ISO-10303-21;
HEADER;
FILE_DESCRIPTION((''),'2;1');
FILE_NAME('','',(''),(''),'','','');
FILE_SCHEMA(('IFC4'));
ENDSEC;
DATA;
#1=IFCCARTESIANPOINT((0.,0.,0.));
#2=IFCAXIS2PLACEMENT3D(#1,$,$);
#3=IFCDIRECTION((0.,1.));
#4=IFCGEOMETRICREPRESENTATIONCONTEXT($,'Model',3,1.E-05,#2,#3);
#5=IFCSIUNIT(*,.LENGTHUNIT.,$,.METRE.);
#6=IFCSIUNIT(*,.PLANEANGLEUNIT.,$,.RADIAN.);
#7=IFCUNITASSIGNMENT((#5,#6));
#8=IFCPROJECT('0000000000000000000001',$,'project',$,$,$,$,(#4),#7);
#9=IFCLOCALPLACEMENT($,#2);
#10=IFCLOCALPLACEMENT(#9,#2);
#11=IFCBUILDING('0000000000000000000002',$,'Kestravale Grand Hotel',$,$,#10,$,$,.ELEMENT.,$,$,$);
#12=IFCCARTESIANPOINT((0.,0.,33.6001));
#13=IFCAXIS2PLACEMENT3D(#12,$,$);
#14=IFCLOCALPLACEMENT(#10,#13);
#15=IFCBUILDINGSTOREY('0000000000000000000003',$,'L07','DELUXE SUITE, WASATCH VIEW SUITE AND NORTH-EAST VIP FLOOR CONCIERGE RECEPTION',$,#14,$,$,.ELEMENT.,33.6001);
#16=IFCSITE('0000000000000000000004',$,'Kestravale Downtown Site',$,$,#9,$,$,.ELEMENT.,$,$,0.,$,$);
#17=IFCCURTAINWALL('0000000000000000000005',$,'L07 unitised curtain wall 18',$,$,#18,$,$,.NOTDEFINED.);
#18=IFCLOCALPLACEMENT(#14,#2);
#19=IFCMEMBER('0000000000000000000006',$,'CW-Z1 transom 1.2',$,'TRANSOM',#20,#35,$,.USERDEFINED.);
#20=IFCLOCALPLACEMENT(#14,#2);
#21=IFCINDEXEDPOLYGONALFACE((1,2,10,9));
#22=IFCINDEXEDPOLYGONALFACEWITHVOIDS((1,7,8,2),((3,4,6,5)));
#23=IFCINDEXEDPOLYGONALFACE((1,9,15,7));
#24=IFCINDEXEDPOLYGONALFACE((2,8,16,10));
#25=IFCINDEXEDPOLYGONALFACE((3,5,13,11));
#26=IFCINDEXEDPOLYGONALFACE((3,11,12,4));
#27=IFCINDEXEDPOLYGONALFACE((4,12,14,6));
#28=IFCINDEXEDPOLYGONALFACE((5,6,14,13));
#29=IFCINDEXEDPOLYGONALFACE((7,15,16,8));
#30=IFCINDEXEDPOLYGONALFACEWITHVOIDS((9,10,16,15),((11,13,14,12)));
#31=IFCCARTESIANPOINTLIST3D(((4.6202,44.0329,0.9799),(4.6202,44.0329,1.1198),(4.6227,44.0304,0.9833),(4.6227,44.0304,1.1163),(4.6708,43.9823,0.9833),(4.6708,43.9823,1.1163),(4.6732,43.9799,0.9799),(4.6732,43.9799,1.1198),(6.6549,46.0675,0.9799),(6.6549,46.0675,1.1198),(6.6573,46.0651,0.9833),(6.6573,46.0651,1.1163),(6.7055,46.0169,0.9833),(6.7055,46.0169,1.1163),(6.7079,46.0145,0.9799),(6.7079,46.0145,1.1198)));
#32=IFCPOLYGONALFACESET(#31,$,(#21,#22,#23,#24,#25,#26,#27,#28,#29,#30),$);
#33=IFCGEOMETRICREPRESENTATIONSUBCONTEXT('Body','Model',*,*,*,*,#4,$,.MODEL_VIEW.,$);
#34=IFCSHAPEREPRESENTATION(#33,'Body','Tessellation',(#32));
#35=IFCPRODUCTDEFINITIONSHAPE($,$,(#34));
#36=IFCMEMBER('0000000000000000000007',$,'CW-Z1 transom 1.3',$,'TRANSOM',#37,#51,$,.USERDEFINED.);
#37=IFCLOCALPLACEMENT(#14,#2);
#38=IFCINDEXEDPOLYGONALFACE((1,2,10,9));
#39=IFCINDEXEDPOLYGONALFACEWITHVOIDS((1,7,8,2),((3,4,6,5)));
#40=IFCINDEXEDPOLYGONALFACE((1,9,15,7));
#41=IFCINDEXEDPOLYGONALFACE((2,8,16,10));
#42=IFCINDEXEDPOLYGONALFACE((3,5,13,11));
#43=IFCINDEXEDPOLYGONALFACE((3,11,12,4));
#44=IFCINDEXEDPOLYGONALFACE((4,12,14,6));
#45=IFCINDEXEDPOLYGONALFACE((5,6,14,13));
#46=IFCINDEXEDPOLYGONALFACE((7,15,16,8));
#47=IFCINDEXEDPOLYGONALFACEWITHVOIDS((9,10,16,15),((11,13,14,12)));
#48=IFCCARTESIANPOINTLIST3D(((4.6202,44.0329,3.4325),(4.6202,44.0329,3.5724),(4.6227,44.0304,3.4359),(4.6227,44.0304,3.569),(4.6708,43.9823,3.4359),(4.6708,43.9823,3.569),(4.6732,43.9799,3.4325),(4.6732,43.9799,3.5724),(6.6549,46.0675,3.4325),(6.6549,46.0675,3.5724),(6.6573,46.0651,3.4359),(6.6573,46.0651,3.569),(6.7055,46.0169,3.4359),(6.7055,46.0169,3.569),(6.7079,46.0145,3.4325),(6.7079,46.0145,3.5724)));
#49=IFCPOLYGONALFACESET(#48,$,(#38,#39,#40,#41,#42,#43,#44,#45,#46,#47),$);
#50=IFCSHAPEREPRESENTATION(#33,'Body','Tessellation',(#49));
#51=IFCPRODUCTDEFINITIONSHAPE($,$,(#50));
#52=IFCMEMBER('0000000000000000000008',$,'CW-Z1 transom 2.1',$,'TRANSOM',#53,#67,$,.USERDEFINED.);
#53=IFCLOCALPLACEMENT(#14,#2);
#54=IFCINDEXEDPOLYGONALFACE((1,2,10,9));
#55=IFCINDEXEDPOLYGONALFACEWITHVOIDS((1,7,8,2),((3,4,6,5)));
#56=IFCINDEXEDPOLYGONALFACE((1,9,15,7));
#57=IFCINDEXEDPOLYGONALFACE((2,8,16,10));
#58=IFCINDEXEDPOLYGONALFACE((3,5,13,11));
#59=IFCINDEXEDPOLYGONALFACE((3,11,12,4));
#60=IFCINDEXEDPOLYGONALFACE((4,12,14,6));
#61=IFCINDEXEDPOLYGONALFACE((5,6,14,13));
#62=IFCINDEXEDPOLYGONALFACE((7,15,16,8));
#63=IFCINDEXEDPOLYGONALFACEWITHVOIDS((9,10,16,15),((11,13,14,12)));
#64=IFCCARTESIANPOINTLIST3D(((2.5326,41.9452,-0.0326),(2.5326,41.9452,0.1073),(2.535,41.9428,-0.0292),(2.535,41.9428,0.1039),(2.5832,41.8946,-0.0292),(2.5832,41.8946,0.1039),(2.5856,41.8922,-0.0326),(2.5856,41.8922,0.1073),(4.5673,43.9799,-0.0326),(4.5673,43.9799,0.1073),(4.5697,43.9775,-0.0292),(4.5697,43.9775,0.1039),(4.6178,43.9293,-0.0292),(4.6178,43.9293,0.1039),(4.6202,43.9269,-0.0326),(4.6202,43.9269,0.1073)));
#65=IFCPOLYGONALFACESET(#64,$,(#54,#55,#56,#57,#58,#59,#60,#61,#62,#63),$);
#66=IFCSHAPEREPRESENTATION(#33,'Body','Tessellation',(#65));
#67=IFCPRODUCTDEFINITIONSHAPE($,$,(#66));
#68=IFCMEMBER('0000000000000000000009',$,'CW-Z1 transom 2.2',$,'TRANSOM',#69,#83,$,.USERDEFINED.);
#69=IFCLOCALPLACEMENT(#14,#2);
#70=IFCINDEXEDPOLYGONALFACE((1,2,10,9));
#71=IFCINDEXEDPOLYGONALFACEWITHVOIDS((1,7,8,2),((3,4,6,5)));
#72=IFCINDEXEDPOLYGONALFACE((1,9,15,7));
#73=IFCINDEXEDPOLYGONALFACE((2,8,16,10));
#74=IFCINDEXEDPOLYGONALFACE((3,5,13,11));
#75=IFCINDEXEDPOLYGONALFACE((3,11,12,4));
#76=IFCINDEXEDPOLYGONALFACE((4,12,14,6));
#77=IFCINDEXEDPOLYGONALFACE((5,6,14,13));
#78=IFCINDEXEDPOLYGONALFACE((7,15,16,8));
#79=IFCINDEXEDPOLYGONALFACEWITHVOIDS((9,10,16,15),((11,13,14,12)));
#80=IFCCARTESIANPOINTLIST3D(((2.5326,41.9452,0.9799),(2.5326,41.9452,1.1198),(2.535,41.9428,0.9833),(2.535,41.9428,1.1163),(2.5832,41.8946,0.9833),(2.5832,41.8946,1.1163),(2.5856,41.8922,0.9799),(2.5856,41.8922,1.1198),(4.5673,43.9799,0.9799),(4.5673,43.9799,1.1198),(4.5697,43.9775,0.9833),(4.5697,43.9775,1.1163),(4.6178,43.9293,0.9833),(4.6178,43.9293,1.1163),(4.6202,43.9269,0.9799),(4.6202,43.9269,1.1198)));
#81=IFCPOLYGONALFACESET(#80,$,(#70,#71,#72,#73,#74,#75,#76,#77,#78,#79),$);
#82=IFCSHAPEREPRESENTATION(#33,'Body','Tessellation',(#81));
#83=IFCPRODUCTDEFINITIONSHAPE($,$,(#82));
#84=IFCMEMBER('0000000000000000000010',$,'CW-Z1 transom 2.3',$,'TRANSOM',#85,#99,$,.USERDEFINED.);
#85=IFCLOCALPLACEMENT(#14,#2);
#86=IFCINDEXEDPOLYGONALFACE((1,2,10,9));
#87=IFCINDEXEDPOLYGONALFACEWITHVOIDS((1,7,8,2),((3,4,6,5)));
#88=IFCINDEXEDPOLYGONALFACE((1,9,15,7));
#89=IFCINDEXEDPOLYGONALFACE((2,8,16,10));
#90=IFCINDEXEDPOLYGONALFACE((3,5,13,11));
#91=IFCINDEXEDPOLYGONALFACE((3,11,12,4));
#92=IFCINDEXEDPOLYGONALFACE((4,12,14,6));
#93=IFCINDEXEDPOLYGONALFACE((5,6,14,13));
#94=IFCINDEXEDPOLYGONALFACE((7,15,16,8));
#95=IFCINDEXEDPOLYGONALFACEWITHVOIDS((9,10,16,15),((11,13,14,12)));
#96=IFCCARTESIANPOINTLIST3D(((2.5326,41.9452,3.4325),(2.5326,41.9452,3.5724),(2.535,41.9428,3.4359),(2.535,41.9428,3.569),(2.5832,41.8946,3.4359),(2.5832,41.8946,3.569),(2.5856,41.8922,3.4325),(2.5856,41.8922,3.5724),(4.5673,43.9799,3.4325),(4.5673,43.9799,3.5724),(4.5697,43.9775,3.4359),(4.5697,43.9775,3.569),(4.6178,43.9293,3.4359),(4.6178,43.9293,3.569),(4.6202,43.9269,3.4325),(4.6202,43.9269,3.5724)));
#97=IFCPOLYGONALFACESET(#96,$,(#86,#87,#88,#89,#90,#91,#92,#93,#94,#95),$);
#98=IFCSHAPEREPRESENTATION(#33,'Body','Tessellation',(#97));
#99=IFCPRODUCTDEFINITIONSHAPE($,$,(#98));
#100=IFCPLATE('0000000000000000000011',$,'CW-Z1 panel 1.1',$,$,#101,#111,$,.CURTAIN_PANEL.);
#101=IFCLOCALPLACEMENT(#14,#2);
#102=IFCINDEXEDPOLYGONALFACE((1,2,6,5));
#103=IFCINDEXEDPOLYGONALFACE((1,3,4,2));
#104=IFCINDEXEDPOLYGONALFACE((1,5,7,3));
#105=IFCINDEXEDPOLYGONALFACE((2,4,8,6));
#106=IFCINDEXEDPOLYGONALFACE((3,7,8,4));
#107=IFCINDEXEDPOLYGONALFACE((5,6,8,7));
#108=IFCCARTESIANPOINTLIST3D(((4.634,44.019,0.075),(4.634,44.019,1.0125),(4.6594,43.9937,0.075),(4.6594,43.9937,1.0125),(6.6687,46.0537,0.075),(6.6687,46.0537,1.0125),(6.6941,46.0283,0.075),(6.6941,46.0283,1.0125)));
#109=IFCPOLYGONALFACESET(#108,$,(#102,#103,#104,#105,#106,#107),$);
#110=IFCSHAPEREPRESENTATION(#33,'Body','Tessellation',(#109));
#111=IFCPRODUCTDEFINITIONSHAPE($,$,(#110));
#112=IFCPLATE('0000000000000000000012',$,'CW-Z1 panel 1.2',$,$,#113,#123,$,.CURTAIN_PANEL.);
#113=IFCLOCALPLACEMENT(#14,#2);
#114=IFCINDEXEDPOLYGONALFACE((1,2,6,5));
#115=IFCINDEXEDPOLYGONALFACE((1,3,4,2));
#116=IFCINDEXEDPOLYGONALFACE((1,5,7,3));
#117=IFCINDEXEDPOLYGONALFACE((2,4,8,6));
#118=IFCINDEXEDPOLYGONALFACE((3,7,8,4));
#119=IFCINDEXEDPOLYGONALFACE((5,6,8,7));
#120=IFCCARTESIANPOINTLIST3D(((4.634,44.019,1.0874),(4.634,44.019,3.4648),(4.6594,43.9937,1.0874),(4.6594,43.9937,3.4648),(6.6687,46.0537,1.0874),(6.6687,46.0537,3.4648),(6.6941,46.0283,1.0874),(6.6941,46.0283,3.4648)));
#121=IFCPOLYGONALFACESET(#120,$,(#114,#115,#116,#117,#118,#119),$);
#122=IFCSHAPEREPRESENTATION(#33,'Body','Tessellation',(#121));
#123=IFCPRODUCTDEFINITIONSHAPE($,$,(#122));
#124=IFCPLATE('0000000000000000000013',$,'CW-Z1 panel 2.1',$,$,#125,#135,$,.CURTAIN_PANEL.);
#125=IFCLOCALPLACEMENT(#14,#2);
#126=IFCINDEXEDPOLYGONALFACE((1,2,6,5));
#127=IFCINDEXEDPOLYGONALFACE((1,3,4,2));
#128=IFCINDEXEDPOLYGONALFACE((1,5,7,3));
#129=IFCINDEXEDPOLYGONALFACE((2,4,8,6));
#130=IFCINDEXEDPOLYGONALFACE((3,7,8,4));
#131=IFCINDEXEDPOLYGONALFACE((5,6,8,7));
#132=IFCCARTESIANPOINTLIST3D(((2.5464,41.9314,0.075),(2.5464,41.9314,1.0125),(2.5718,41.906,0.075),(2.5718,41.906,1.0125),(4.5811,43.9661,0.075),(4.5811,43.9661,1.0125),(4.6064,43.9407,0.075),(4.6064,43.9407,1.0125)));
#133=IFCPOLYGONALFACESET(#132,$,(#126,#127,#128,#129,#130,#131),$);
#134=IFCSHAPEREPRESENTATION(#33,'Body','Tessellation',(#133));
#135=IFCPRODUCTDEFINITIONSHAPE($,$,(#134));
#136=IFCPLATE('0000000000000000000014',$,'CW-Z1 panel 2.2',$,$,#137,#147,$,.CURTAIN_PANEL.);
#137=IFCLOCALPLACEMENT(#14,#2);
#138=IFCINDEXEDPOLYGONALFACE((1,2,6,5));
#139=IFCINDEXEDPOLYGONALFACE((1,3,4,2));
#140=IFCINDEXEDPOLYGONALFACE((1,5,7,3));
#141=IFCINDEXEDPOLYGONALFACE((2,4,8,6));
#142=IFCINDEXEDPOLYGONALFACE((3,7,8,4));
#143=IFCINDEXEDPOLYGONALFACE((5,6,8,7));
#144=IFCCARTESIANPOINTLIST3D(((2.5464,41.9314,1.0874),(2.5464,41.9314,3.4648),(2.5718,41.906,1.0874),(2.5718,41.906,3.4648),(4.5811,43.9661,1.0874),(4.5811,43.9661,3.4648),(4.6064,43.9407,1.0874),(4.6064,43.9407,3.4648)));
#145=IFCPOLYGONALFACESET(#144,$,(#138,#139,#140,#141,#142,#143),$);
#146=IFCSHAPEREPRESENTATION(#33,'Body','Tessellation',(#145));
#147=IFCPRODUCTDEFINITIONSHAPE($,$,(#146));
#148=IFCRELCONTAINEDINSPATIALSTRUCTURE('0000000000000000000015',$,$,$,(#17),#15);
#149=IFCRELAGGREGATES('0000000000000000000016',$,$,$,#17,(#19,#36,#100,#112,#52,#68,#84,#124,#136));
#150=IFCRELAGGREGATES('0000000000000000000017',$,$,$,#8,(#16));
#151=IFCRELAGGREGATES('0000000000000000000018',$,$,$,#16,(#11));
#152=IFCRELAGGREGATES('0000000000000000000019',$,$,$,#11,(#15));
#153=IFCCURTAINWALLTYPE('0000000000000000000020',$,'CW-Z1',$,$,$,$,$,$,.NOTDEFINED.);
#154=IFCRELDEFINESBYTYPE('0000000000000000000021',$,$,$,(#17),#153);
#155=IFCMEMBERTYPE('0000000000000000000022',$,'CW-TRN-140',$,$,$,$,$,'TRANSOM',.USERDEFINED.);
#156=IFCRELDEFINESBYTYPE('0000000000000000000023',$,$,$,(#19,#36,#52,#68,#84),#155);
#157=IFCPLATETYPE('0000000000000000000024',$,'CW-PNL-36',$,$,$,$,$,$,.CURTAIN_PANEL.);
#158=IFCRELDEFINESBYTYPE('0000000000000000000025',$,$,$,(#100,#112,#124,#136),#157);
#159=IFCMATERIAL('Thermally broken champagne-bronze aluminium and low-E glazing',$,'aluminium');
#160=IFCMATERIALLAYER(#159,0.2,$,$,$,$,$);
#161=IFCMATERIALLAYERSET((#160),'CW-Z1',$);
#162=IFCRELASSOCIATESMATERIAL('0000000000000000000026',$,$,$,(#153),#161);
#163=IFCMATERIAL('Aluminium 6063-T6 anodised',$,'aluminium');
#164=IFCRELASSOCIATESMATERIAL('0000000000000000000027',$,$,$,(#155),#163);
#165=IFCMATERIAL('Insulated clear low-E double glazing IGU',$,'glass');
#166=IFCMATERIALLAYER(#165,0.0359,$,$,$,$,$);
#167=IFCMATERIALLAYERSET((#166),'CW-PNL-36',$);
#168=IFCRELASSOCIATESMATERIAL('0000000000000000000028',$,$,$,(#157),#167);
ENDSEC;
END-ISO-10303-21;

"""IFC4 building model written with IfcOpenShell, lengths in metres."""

from ifc_helpers import new_model, si_unit, direction, frame, origin, origin_2d, place, context, subcontext, project, spatial, rectangle, hollow_rectangle, extrude, material, layer, layer_set, material_profile, profile_set, type_object, element, aggregate, save


model = new_model("IFC4")

# Units and contexts
model_context = context("Model", 3, precision=1e-05, world=origin(), true_north=direction((0.0, 1.0)))
body_context = subcontext(model_context, "Body", "Model", "MODEL_VIEW")
ifc_project = project(units=[si_unit("LENGTHUNIT", "METRE"), si_unit("PLANEANGLEUNIT", "RADIAN")], contexts=[model_context])

# Site, building, storey
site_placement = place(None, origin())
site = spatial("IfcSite", under=ifc_project, at=site_placement, Name="Kestravale Downtown Site", CompositionType="ELEMENT", RefElevation=0.0)
building_placement = place(site_placement, origin())
building = spatial("IfcBuilding", under=site, at=building_placement, Name="Kestravale Grand Hotel", CompositionType="ELEMENT")
storey_placement = place(building_placement, frame((0.0, 0.0, 33.6001)))
storey = spatial("IfcBuildingStorey", under=building, at=storey_placement, Name="L07", Description="DELUXE SUITE, WASATCH VIEW SUITE AND NORTH-EAST VIP FLOOR CONCIERGE RECEPTION", CompositionType="ELEMENT", Elevation=33.6001)

# Curtain wall, members, plates
ifc_material_1 = material(Name="Thermally broken champagne-bronze aluminium and low-E glazing", Category="aluminium")
ifc_layer_1 = layer(ifc_material_1, 0.2)
ifc_layer_set_1 = layer_set([ifc_layer_1], Name="CW-Z1")
curtain_wall_type = type_object("IfcCurtainWallType", Name="CW-Z1", PredefinedType="NOTDEFINED", material=ifc_layer_set_1)
curtain_wall_placement = place(storey_placement, origin())
curtain_wall = element("IfcCurtainWall", 1, at=curtain_wall_placement, inside=storey, type_object=curtain_wall_type, Name="L07 unitised curtain wall 18", PredefinedType="NOTDEFINED")
ifc_material_2 = material(Name="Aluminium 6063-T6 anodised", Category="aluminium")
ifc_material_profile_1 = material_profile(ifc_material_2, hollow_rectangle(XDim=0.075, YDim=0.1399, WallThickness=0.0034, at=origin_2d()))
ifc_profile_set_1 = profile_set([ifc_material_profile_1], Name="Aluminium 6063-T6 anodised")
member_type_1 = type_object("IfcMemberType", Name="CW-TRN-140", ElementType="TRANSOM", PredefinedType="USERDEFINED", material=ifc_profile_set_1)
member_1_placement = place(storey_placement, frame((6.6814, 46.041, 1.0498), z_axis=(-0.707107, -0.707107, 0.0), x_axis=(0.707107, -0.707107, 0.0)))
member_1 = element("IfcMember", 2, at=member_1_placement, type_object=member_type_1, Name="CW-Z1 transom 1.2", ObjectType="TRANSOM", PredefinedType="USERDEFINED", context=body_context, shape_type="SweptSolid", body=[
    extrude(hollow_rectangle(XDim=0.075, YDim=0.1399, WallThickness=0.0034, at=origin_2d()), origin(), (0.0, 0.0, 1.0), 2.8774),
])
member_2_placement = place(storey_placement, frame((6.6814, 46.041, 3.5024), z_axis=(-0.707107, -0.707107, 0.0), x_axis=(0.707107, -0.707107, 0.0)))
member_2 = element("IfcMember", 3, at=member_2_placement, type_object=member_type_1, Name="CW-Z1 transom 1.3", ObjectType="TRANSOM", PredefinedType="USERDEFINED", context=body_context, shape_type="SweptSolid", body=[
    extrude(hollow_rectangle(XDim=0.075, YDim=0.1399, WallThickness=0.0034, at=origin_2d()), origin(), (0.0, 0.0, 1.0), 2.8774),
])
member_3_placement = place(storey_placement, frame((4.5938, 43.9534, 0.0374), z_axis=(-0.707107, -0.707107, 0.0), x_axis=(0.707107, -0.707107, 0.0)))
member_3 = element("IfcMember", 4, at=member_3_placement, type_object=member_type_1, Name="CW-Z1 transom 2.1", ObjectType="TRANSOM", PredefinedType="USERDEFINED", context=body_context, shape_type="SweptSolid", body=[
    extrude(hollow_rectangle(XDim=0.075, YDim=0.1399, WallThickness=0.0034, at=origin_2d()), origin(), (0.0, 0.0, 1.0), 2.8774),
])
member_4_placement = place(storey_placement, frame((4.5938, 43.9534, 1.0498), z_axis=(-0.707107, -0.707107, 0.0), x_axis=(0.707107, -0.707107, 0.0)))
member_4 = element("IfcMember", 5, at=member_4_placement, type_object=member_type_1, Name="CW-Z1 transom 2.2", ObjectType="TRANSOM", PredefinedType="USERDEFINED", context=body_context, shape_type="SweptSolid", body=[
    extrude(hollow_rectangle(XDim=0.075, YDim=0.1399, WallThickness=0.0034, at=origin_2d()), origin(), (0.0, 0.0, 1.0), 2.8774),
])
member_5_placement = place(storey_placement, frame((4.5938, 43.9534, 3.5024), z_axis=(-0.707107, -0.707107, 0.0), x_axis=(0.707107, -0.707107, 0.0)))
member_5 = element("IfcMember", 6, at=member_5_placement, type_object=member_type_1, Name="CW-Z1 transom 2.3", ObjectType="TRANSOM", PredefinedType="USERDEFINED", context=body_context, shape_type="SweptSolid", body=[
    extrude(hollow_rectangle(XDim=0.075, YDim=0.1399, WallThickness=0.0034, at=origin_2d()), origin(), (0.0, 0.0, 1.0), 2.8774),
])
ifc_material_3 = material(Name="Insulated clear low-E double glazing IGU", Category="glass")
ifc_layer_2 = layer(ifc_material_3, 0.0359)
ifc_layer_set_2 = layer_set([ifc_layer_2], Name="CW-PNL-36")
plate_type = type_object("IfcPlateType", Name="CW-PNL-36", PredefinedType="CURTAIN_PANEL", material=ifc_layer_set_2)
plate_1_placement = place(storey_placement, frame((5.6641, 45.0237, 0.075), z_axis=(0.0, 0.0, 1.0), x_axis=(-0.707107, -0.707107, 0.0)))
plate_1 = element("IfcPlate", 7, at=plate_1_placement, type_object=plate_type, Name="CW-Z1 panel 1.1", PredefinedType="CURTAIN_PANEL", context=body_context, shape_type="SweptSolid", body=[
    extrude(rectangle(XDim=2.8774, YDim=0.0359, at=origin_2d()), origin(), (0.0, 0.0, 1.0), 0.9375),
])
plate_2_placement = place(storey_placement, frame((5.6641, 45.0237, 1.0874), z_axis=(0.0, 0.0, 1.0), x_axis=(-0.707107, -0.707107, 0.0)))
plate_2 = element("IfcPlate", 8, at=plate_2_placement, type_object=plate_type, Name="CW-Z1 panel 1.2", PredefinedType="CURTAIN_PANEL", context=body_context, shape_type="SweptSolid", body=[
    extrude(rectangle(XDim=2.8774, YDim=0.0359, at=origin_2d()), origin(), (0.0, 0.0, 1.0), 2.3774),
])
plate_3_placement = place(storey_placement, frame((3.5764, 42.936, 0.075), z_axis=(0.0, 0.0, 1.0), x_axis=(-0.707107, -0.707107, 0.0)))
plate_3 = element("IfcPlate", 9, at=plate_3_placement, type_object=plate_type, Name="CW-Z1 panel 2.1", PredefinedType="CURTAIN_PANEL", context=body_context, shape_type="SweptSolid", body=[
    extrude(rectangle(XDim=2.8774, YDim=0.0359, at=origin_2d()), origin(), (0.0, 0.0, 1.0), 0.9375),
])
plate_4_placement = place(storey_placement, frame((3.5764, 42.936, 1.0874), z_axis=(0.0, 0.0, 1.0), x_axis=(-0.707107, -0.707107, 0.0)))
plate_4 = element("IfcPlate", 10, at=plate_4_placement, type_object=plate_type, Name="CW-Z1 panel 2.2", PredefinedType="CURTAIN_PANEL", context=body_context, shape_type="SweptSolid", body=[
    extrude(rectangle(XDim=2.8774, YDim=0.0359, at=origin_2d()), origin(), (0.0, 0.0, 1.0), 2.3774),
])
aggregate(curtain_wall, [member_1, member_2, plate_1, plate_2, member_3, member_4, member_5, plate_3, plate_4])

save(model, "model.ifc")
